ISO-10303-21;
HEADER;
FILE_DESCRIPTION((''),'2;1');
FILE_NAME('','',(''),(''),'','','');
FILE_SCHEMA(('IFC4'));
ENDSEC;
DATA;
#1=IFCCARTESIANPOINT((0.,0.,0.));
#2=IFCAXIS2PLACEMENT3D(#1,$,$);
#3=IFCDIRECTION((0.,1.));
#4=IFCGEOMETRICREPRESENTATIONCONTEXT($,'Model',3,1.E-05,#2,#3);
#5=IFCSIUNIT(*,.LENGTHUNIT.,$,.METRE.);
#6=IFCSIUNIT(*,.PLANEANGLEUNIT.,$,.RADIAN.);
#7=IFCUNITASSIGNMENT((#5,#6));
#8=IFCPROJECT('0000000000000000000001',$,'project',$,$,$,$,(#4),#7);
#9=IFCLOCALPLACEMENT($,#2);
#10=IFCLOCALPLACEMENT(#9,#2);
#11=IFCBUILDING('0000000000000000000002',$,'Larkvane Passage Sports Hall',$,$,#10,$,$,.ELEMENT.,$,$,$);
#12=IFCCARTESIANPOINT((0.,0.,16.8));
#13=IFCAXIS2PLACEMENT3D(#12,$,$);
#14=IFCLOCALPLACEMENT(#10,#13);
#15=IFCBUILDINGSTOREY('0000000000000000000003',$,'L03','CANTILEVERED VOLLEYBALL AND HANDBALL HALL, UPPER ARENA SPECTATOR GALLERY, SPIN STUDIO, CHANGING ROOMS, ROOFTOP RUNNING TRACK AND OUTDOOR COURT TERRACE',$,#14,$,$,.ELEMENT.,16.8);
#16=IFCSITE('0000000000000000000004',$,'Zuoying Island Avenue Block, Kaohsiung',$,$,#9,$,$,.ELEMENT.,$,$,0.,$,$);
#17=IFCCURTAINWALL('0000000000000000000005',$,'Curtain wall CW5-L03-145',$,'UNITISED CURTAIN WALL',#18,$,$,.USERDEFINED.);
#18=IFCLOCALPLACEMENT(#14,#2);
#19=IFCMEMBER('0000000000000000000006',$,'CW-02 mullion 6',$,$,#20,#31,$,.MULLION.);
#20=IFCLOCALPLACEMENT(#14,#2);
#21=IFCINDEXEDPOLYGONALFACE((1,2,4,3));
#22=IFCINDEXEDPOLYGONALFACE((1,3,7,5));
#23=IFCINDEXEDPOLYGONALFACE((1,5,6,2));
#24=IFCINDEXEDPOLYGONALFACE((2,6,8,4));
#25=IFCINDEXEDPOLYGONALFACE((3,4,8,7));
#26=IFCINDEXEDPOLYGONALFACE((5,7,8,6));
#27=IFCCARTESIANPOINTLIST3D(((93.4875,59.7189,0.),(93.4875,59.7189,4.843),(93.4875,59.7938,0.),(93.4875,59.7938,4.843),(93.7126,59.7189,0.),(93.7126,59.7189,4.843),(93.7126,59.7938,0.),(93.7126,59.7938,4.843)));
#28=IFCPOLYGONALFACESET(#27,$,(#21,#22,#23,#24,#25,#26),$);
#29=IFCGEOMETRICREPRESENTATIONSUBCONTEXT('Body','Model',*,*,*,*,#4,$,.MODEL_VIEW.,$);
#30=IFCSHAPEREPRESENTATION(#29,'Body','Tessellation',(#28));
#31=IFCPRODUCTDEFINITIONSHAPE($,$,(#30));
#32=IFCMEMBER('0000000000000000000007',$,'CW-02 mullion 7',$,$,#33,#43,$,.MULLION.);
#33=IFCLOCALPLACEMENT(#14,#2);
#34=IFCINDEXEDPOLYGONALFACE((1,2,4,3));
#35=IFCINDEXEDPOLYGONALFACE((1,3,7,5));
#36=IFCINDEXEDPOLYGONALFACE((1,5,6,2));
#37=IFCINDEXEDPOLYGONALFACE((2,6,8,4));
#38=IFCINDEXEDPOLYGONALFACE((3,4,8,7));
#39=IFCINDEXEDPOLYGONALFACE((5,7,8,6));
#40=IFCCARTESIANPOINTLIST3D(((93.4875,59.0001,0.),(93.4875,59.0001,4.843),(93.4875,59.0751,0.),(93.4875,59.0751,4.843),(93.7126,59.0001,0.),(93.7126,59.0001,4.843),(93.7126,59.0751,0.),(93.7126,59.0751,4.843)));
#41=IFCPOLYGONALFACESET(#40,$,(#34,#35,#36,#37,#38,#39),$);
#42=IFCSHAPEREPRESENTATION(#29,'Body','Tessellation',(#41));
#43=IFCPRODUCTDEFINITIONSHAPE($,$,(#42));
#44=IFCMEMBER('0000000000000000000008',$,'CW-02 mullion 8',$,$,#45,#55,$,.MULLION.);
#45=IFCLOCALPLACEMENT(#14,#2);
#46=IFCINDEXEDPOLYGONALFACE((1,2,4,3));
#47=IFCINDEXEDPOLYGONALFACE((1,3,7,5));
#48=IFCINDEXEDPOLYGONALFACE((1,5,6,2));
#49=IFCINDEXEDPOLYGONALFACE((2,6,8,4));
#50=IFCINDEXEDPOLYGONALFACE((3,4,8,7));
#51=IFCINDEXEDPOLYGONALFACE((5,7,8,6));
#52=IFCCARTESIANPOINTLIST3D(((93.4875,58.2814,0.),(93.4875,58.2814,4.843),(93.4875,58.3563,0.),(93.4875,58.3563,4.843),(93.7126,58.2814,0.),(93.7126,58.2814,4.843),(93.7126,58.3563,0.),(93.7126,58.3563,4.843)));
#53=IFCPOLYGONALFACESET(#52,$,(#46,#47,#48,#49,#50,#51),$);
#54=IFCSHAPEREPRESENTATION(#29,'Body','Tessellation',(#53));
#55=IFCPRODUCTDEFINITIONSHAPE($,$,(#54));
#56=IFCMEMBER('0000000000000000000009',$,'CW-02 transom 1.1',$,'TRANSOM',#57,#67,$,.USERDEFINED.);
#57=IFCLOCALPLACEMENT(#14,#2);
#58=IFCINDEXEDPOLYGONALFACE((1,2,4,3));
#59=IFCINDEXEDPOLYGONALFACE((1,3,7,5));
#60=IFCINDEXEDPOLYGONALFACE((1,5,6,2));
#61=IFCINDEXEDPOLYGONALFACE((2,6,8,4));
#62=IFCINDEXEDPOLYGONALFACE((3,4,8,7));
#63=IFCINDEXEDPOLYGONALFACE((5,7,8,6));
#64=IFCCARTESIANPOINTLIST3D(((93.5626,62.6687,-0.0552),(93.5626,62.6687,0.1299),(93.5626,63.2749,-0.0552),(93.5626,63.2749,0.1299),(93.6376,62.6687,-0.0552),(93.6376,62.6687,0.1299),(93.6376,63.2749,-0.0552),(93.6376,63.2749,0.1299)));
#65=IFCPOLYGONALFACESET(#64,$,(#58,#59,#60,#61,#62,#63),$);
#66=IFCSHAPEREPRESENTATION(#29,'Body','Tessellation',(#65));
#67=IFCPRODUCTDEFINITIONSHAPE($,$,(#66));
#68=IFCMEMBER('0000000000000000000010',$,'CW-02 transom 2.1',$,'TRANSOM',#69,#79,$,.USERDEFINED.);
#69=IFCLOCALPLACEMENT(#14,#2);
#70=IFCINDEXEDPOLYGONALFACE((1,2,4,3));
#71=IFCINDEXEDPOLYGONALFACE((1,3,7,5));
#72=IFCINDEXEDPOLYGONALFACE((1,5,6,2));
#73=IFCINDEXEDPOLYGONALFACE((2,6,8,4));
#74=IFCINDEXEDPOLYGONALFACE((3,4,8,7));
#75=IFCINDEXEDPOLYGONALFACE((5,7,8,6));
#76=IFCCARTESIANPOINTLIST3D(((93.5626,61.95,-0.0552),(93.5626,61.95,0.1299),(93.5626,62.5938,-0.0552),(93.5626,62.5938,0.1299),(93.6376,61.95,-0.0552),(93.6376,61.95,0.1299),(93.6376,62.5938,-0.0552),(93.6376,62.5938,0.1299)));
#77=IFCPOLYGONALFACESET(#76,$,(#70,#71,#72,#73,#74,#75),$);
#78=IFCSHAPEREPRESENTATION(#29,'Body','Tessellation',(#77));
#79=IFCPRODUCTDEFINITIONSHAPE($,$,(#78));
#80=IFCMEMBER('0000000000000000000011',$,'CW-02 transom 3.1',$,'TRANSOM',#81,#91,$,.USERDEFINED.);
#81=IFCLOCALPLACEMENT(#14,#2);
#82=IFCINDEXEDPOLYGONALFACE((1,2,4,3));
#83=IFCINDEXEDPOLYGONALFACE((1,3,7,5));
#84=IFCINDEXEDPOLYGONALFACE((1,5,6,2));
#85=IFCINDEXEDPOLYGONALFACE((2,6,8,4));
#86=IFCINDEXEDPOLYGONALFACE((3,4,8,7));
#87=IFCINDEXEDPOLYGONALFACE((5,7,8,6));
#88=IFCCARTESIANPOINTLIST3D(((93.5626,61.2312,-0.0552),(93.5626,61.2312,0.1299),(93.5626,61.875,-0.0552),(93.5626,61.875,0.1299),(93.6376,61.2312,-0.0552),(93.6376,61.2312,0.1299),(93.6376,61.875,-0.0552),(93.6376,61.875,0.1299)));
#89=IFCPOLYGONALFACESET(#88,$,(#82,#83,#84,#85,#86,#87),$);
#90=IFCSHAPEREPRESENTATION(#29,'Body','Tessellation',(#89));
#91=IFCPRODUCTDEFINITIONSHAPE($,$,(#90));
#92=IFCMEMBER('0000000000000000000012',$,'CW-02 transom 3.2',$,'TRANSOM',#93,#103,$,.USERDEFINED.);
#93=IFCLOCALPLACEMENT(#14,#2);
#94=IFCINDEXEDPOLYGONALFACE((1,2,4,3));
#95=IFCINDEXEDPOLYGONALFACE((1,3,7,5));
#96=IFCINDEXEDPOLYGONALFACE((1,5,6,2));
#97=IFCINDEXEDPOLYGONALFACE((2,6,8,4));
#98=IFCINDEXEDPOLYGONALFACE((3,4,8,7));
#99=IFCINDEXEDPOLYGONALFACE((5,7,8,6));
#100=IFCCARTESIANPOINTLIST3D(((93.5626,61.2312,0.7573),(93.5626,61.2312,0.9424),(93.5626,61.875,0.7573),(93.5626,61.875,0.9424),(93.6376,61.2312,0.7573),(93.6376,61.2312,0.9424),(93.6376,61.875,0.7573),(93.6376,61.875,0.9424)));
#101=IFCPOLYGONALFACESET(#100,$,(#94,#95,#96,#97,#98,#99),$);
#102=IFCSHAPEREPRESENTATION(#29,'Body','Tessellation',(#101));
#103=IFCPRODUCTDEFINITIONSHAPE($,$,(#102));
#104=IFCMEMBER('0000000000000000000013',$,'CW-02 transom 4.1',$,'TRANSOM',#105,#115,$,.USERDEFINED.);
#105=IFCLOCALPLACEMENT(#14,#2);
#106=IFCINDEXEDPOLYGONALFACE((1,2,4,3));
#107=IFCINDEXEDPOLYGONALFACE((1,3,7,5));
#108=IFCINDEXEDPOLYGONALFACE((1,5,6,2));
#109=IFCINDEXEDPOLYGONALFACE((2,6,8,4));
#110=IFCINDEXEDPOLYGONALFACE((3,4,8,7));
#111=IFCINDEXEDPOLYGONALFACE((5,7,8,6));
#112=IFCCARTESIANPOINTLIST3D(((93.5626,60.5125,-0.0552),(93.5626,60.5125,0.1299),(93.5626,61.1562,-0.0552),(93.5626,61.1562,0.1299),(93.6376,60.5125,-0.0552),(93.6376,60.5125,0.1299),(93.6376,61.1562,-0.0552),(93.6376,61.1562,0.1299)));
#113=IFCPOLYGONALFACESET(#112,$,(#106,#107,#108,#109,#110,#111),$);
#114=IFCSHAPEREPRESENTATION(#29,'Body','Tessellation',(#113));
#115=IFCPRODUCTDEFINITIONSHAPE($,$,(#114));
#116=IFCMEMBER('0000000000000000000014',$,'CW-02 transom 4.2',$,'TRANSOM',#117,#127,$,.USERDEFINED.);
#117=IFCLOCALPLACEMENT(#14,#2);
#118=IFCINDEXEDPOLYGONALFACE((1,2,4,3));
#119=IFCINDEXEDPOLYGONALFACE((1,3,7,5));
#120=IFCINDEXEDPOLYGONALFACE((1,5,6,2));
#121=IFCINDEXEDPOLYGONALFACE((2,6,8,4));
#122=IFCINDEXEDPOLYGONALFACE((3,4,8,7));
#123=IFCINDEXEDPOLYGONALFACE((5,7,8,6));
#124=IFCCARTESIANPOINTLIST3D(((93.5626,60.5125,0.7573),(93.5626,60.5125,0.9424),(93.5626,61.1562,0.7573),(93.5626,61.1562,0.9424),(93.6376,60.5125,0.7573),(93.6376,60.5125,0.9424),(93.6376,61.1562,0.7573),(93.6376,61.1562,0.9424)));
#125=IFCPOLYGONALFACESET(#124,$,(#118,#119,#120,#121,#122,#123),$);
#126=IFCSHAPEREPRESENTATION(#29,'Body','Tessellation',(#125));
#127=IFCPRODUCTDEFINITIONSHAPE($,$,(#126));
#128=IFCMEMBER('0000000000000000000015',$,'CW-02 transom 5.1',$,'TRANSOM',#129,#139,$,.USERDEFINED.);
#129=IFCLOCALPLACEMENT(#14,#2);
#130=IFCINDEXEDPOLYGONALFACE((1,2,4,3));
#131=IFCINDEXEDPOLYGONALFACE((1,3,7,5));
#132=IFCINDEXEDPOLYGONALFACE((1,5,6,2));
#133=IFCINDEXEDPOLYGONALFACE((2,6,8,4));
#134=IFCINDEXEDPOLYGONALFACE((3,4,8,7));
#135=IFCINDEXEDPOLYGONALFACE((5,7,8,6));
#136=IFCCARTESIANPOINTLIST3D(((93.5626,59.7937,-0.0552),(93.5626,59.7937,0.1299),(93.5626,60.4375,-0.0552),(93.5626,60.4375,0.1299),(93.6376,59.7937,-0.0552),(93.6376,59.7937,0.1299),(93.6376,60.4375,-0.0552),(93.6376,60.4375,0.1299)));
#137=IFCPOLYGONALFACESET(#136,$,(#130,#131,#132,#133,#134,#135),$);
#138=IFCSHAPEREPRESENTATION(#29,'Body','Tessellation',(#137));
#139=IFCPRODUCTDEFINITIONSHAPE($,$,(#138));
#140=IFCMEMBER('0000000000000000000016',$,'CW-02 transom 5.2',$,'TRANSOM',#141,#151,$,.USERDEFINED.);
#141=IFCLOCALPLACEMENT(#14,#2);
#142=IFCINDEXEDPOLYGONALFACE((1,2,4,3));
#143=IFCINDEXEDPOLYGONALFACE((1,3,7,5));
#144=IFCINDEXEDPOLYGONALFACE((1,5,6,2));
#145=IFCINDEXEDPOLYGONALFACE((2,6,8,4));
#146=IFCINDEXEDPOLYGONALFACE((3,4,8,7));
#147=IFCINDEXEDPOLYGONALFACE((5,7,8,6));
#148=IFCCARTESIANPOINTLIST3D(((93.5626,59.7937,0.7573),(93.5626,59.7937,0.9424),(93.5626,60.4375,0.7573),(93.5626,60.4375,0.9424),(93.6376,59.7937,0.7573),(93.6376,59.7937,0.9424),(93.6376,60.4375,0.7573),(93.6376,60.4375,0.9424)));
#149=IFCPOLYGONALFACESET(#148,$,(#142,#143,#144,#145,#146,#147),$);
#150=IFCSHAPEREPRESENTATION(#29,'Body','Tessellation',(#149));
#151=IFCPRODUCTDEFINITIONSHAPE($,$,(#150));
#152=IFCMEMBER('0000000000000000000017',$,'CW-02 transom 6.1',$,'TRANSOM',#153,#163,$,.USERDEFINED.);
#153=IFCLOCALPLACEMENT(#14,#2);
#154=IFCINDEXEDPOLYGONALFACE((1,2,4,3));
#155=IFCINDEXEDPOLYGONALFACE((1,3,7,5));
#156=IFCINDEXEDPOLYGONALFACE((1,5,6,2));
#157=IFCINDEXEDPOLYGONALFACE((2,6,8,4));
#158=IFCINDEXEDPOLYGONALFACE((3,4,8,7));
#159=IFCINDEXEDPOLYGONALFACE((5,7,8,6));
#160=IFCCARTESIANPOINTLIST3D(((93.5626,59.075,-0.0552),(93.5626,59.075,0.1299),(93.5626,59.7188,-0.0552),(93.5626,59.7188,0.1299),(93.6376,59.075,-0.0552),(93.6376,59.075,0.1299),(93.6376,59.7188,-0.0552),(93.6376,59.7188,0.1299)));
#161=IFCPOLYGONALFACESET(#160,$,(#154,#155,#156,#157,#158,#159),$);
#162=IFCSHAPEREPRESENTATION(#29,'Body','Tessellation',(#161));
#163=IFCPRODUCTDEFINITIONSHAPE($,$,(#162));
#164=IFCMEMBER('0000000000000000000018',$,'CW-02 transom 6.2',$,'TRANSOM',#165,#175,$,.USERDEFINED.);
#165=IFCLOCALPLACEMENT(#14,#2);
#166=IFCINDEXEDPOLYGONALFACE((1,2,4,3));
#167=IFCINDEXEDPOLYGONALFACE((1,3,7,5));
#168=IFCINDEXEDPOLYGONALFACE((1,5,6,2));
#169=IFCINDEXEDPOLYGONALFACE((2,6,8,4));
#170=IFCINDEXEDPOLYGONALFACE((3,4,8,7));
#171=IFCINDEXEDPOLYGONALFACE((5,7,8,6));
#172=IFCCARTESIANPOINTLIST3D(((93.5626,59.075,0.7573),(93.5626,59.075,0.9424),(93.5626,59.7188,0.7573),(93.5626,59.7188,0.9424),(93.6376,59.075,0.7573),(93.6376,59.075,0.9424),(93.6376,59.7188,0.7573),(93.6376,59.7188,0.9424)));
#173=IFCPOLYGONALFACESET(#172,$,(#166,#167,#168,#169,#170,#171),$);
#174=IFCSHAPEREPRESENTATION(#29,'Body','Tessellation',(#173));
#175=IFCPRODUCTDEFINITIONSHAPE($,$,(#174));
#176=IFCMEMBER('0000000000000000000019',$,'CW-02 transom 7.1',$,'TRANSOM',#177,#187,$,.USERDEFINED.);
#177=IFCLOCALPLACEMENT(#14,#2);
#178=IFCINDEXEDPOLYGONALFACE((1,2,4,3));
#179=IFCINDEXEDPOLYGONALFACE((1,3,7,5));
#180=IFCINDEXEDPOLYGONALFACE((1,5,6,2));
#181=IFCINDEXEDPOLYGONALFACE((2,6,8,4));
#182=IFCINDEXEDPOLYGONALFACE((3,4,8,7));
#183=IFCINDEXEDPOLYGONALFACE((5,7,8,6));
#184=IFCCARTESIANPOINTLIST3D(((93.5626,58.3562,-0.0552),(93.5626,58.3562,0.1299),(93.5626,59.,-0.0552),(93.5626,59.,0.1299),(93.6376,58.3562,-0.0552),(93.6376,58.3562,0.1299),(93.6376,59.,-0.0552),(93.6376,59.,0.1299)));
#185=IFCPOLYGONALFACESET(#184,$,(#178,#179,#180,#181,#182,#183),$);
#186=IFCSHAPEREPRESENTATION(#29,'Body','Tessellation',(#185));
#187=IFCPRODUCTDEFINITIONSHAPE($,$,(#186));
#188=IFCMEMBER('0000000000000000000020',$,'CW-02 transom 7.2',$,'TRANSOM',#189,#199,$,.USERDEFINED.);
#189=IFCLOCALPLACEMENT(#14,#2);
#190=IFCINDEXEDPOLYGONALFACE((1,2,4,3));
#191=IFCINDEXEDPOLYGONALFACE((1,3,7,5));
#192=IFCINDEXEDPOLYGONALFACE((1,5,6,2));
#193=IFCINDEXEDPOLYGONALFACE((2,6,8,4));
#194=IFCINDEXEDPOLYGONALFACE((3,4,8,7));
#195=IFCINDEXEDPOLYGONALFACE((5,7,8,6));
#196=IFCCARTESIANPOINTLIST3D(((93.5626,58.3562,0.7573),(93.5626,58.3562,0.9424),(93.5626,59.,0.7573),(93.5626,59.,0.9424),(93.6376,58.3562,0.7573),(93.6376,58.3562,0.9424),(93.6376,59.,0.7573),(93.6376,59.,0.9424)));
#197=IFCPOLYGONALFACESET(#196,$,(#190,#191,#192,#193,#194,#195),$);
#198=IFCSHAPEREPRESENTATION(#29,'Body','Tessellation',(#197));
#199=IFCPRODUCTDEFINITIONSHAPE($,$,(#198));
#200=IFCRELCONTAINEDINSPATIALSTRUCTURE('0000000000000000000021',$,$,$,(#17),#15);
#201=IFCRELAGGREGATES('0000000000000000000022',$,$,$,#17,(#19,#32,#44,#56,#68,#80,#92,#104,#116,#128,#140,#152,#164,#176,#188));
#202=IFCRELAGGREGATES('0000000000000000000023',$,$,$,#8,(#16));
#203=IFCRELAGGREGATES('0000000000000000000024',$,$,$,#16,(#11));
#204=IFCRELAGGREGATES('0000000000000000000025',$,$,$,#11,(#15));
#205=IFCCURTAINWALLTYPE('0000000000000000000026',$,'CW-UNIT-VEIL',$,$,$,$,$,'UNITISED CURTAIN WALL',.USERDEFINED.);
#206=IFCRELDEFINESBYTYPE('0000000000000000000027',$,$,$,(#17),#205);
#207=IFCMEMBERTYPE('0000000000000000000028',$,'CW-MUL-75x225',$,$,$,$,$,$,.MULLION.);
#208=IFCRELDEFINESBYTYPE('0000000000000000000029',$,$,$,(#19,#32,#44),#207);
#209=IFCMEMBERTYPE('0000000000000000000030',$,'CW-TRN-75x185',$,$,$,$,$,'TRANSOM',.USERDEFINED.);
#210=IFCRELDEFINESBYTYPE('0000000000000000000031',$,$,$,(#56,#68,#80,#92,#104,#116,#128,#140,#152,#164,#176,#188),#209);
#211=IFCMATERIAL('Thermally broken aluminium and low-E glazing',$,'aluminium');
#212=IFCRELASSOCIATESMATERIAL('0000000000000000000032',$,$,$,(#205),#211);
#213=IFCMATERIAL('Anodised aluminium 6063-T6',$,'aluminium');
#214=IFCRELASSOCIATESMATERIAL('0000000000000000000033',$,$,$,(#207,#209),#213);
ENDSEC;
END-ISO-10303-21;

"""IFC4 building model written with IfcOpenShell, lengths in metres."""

from ifc_helpers import new_model, si_unit, direction, frame, origin, origin_2d, place, context, subcontext, project, spatial, rectangle, extrude, material, material_profile, profile_set, type_object, element, aggregate, save


model = new_model("IFC4")

# Units and contexts
model_context = context("Model", 3, precision=1e-05, world=origin(), true_north=direction((0.0, 1.0)))
body_context = subcontext(model_context, "Body", "Model", "MODEL_VIEW")
ifc_project = project(units=[si_unit("LENGTHUNIT", "METRE"), si_unit("PLANEANGLEUNIT", "RADIAN")], contexts=[model_context])

# Site, building, storey
site_placement = place(None, origin())
site = spatial("IfcSite", under=ifc_project, at=site_placement, Name="Zuoying Island Avenue Block, Kaohsiung", CompositionType="ELEMENT", RefElevation=0.0)
building_placement = place(site_placement, origin())
building = spatial("IfcBuilding", under=site, at=building_placement, Name="Larkvane Passage Sports Hall", CompositionType="ELEMENT")
storey_placement = place(building_placement, frame((0.0, 0.0, 16.8)))
storey = spatial("IfcBuildingStorey", under=building, at=storey_placement, Name="L03", Description="CANTILEVERED VOLLEYBALL AND HANDBALL HALL, UPPER ARENA SPECTATOR GALLERY, SPIN STUDIO, CHANGING ROOMS, ROOFTOP RUNNING TRACK AND OUTDOOR COURT TERRACE", CompositionType="ELEMENT", Elevation=16.8)

# Shared definitions
ifc_material_1 = material(Name="Thermally broken aluminium and low-E glazing", Category="aluminium")
ifc_material_2 = material(Name="Anodised aluminium 6063-T6", Category="aluminium")

# Curtain wall, members
curtain_wall_type_1 = type_object("IfcCurtainWallType", Name="CW-UNIT-VEIL", ElementType="UNITISED CURTAIN WALL", PredefinedType="USERDEFINED", material=ifc_material_1)
curtain_wall_1_placement = place(storey_placement, origin())
curtain_wall_1 = element("IfcCurtainWall", 1, at=curtain_wall_1_placement, inside=storey, type_object=curtain_wall_type_1, Name="Curtain wall CW5-L03-145", ObjectType="UNITISED CURTAIN WALL", PredefinedType="USERDEFINED")
ifc_material_profile_1 = material_profile(ifc_material_2, rectangle(XDim=0.075, YDim=0.2251, at=origin_2d()), Name="ALU-MUL-75x225")
ifc_profile_set_1 = profile_set([ifc_material_profile_1], Name="Anodised aluminium 6063-T6")
member_type_1 = type_object("IfcMemberType", Name="CW-MUL-75x225", PredefinedType="MULLION", material=ifc_profile_set_1)
member_1_placement = place(storey_placement, frame((93.6001, 59.7563, 0.0), z_axis=(0.0, 0.0, 1.0), x_axis=(0.0, -1.0, 0.0)))
member_1 = element("IfcMember", 2, at=member_1_placement, type_object=member_type_1, Name="CW-02 mullion 6", PredefinedType="MULLION", context=body_context, shape_type="SweptSolid", body=[
    extrude(rectangle(XDim=0.075, YDim=0.2251, at=origin_2d()), origin(), (0.0, 0.0, 1.0), 4.843),
])
member_2_placement = place(storey_placement, frame((93.6001, 59.0376, 0.0), z_axis=(0.0, 0.0, 1.0), x_axis=(0.0, -1.0, 0.0)))
member_2 = element("IfcMember", 3, at=member_2_placement, type_object=member_type_1, Name="CW-02 mullion 7", PredefinedType="MULLION", context=body_context, shape_type="SweptSolid", body=[
    extrude(rectangle(XDim=0.075, YDim=0.2251, at=origin_2d()), origin(), (0.0, 0.0, 1.0), 4.843),
])
member_3_placement = place(storey_placement, frame((93.6001, 58.3188, 0.0), z_axis=(0.0, 0.0, 1.0), x_axis=(0.0, -1.0, 0.0)))
member_3 = element("IfcMember", 4, at=member_3_placement, type_object=member_type_1, Name="CW-02 mullion 8", PredefinedType="MULLION", context=body_context, shape_type="SweptSolid", body=[
    extrude(rectangle(XDim=0.075, YDim=0.2251, at=origin_2d()), origin(), (0.0, 0.0, 1.0), 4.843),
])
ifc_material_profile_2 = material_profile(ifc_material_2, rectangle(XDim=0.075, YDim=0.1851, at=origin_2d()), Name="ALU-TRN-75x185")
ifc_profile_set_2 = profile_set([ifc_material_profile_2], Name="Anodised aluminium 6063-T6")
member_type_2 = type_object("IfcMemberType", Name="CW-TRN-75x185", ElementType="TRANSOM", PredefinedType="USERDEFINED", material=ifc_profile_set_2)
member_4_placement = place(storey_placement, frame((93.6001, 63.2749, 0.0374), z_axis=(0.0, -1.0, 0.0), x_axis=(1.0, 0.0, 0.0)))
member_4 = element("IfcMember", 5, at=member_4_placement, type_object=member_type_2, Name="CW-02 transom 1.1", ObjectType="TRANSOM", PredefinedType="USERDEFINED", context=body_context, shape_type="SweptSolid", body=[
    extrude(rectangle(XDim=0.075, YDim=0.1851, at=origin_2d()), origin(), (0.0, 0.0, 1.0), 0.6062),
])
member_5_placement = place(storey_placement, frame((93.6001, 62.5938, 0.0374), z_axis=(0.0, -1.0, 0.0), x_axis=(1.0, 0.0, 0.0)))
member_5 = element("IfcMember", 6, at=member_5_placement, type_object=member_type_2, Name="CW-02 transom 2.1", ObjectType="TRANSOM", PredefinedType="USERDEFINED", context=body_context, shape_type="SweptSolid", body=[
    extrude(rectangle(XDim=0.075, YDim=0.1851, at=origin_2d()), origin(), (0.0, 0.0, 1.0), 0.6438),
])
member_6_placement = place(storey_placement, frame((93.6001, 61.875, 0.0374), z_axis=(0.0, -1.0, 0.0), x_axis=(1.0, 0.0, 0.0)))
member_6 = element("IfcMember", 7, at=member_6_placement, type_object=member_type_2, Name="CW-02 transom 3.1", ObjectType="TRANSOM", PredefinedType="USERDEFINED", context=body_context, shape_type="SweptSolid", body=[
    extrude(rectangle(XDim=0.075, YDim=0.1851, at=origin_2d()), origin(), (0.0, 0.0, 1.0), 0.6438),
])
member_7_placement = place(storey_placement, frame((93.6001, 61.875, 0.8499), z_axis=(0.0, -1.0, 0.0), x_axis=(1.0, 0.0, 0.0)))
member_7 = element("IfcMember", 8, at=member_7_placement, type_object=member_type_2, Name="CW-02 transom 3.2", ObjectType="TRANSOM", PredefinedType="USERDEFINED", context=body_context, shape_type="SweptSolid", body=[
    extrude(rectangle(XDim=0.075, YDim=0.1851, at=origin_2d()), origin(), (0.0, 0.0, 1.0), 0.6438),
])
member_8_placement = place(storey_placement, frame((93.6001, 61.1562, 0.0374), z_axis=(0.0, -1.0, 0.0), x_axis=(1.0, 0.0, 0.0)))
member_8 = element("IfcMember", 9, at=member_8_placement, type_object=member_type_2, Name="CW-02 transom 4.1", ObjectType="TRANSOM", PredefinedType="USERDEFINED", context=body_context, shape_type="SweptSolid", body=[
    extrude(rectangle(XDim=0.075, YDim=0.1851, at=origin_2d()), origin(), (0.0, 0.0, 1.0), 0.6438),
])
member_9_placement = place(storey_placement, frame((93.6001, 61.1562, 0.8499), z_axis=(0.0, -1.0, 0.0), x_axis=(1.0, 0.0, 0.0)))
member_9 = element("IfcMember", 10, at=member_9_placement, type_object=member_type_2, Name="CW-02 transom 4.2", ObjectType="TRANSOM", PredefinedType="USERDEFINED", context=body_context, shape_type="SweptSolid", body=[
    extrude(rectangle(XDim=0.075, YDim=0.1851, at=origin_2d()), origin(), (0.0, 0.0, 1.0), 0.6438),
])
member_10_placement = place(storey_placement, frame((93.6001, 60.4375, 0.0374), z_axis=(0.0, -1.0, 0.0), x_axis=(1.0, 0.0, 0.0)))
member_10 = element("IfcMember", 11, at=member_10_placement, type_object=member_type_2, Name="CW-02 transom 5.1", ObjectType="TRANSOM", PredefinedType="USERDEFINED", context=body_context, shape_type="SweptSolid", body=[
    extrude(rectangle(XDim=0.075, YDim=0.1851, at=origin_2d()), origin(), (0.0, 0.0, 1.0), 0.6438),
])
member_11_placement = place(storey_placement, frame((93.6001, 60.4375, 0.8499), z_axis=(0.0, -1.0, 0.0), x_axis=(1.0, 0.0, 0.0)))
member_11 = element("IfcMember", 12, at=member_11_placement, type_object=member_type_2, Name="CW-02 transom 5.2", ObjectType="TRANSOM", PredefinedType="USERDEFINED", context=body_context, shape_type="SweptSolid", body=[
    extrude(rectangle(XDim=0.075, YDim=0.1851, at=origin_2d()), origin(), (0.0, 0.0, 1.0), 0.6438),
])
member_12_placement = place(storey_placement, frame((93.6001, 59.7188, 0.0374), z_axis=(0.0, -1.0, 0.0), x_axis=(1.0, 0.0, 0.0)))
member_12 = element("IfcMember", 13, at=member_12_placement, type_object=member_type_2, Name="CW-02 transom 6.1", ObjectType="TRANSOM", PredefinedType="USERDEFINED", context=body_context, shape_type="SweptSolid", body=[
    extrude(rectangle(XDim=0.075, YDim=0.1851, at=origin_2d()), origin(), (0.0, 0.0, 1.0), 0.6438),
])
member_13_placement = place(storey_placement, frame((93.6001, 59.7188, 0.8499), z_axis=(0.0, -1.0, 0.0), x_axis=(1.0, 0.0, 0.0)))
member_13 = element("IfcMember", 14, at=member_13_placement, type_object=member_type_2, Name="CW-02 transom 6.2", ObjectType="TRANSOM", PredefinedType="USERDEFINED", context=body_context, shape_type="SweptSolid", body=[
    extrude(rectangle(XDim=0.075, YDim=0.1851, at=origin_2d()), origin(), (0.0, 0.0, 1.0), 0.6438),
])
member_14_placement = place(storey_placement, frame((93.6001, 59.0, 0.0374), z_axis=(0.0, -1.0, 0.0), x_axis=(1.0, 0.0, 0.0)))
member_14 = element("IfcMember", 15, at=member_14_placement, type_object=member_type_2, Name="CW-02 transom 7.1", ObjectType="TRANSOM", PredefinedType="USERDEFINED", context=body_context, shape_type="SweptSolid", body=[
    extrude(rectangle(XDim=0.075, YDim=0.1851, at=origin_2d()), origin(), (0.0, 0.0, 1.0), 0.6438),
])
member_15_placement = place(storey_placement, frame((93.6001, 59.0, 0.8499), z_axis=(0.0, -1.0, 0.0), x_axis=(1.0, 0.0, 0.0)))
member_15 = element("IfcMember", 16, at=member_15_placement, type_object=member_type_2, Name="CW-02 transom 7.2", ObjectType="TRANSOM", PredefinedType="USERDEFINED", context=body_context, shape_type="SweptSolid", body=[
    extrude(rectangle(XDim=0.075, YDim=0.1851, at=origin_2d()), origin(), (0.0, 0.0, 1.0), 0.6438),
])

aggregate(curtain_wall_1, [member_1, member_2, member_3, member_4, member_5, member_6, member_7, member_8, member_9, member_10, member_11, member_12, member_13, member_14, member_15])

save(model, "model.ifc")
